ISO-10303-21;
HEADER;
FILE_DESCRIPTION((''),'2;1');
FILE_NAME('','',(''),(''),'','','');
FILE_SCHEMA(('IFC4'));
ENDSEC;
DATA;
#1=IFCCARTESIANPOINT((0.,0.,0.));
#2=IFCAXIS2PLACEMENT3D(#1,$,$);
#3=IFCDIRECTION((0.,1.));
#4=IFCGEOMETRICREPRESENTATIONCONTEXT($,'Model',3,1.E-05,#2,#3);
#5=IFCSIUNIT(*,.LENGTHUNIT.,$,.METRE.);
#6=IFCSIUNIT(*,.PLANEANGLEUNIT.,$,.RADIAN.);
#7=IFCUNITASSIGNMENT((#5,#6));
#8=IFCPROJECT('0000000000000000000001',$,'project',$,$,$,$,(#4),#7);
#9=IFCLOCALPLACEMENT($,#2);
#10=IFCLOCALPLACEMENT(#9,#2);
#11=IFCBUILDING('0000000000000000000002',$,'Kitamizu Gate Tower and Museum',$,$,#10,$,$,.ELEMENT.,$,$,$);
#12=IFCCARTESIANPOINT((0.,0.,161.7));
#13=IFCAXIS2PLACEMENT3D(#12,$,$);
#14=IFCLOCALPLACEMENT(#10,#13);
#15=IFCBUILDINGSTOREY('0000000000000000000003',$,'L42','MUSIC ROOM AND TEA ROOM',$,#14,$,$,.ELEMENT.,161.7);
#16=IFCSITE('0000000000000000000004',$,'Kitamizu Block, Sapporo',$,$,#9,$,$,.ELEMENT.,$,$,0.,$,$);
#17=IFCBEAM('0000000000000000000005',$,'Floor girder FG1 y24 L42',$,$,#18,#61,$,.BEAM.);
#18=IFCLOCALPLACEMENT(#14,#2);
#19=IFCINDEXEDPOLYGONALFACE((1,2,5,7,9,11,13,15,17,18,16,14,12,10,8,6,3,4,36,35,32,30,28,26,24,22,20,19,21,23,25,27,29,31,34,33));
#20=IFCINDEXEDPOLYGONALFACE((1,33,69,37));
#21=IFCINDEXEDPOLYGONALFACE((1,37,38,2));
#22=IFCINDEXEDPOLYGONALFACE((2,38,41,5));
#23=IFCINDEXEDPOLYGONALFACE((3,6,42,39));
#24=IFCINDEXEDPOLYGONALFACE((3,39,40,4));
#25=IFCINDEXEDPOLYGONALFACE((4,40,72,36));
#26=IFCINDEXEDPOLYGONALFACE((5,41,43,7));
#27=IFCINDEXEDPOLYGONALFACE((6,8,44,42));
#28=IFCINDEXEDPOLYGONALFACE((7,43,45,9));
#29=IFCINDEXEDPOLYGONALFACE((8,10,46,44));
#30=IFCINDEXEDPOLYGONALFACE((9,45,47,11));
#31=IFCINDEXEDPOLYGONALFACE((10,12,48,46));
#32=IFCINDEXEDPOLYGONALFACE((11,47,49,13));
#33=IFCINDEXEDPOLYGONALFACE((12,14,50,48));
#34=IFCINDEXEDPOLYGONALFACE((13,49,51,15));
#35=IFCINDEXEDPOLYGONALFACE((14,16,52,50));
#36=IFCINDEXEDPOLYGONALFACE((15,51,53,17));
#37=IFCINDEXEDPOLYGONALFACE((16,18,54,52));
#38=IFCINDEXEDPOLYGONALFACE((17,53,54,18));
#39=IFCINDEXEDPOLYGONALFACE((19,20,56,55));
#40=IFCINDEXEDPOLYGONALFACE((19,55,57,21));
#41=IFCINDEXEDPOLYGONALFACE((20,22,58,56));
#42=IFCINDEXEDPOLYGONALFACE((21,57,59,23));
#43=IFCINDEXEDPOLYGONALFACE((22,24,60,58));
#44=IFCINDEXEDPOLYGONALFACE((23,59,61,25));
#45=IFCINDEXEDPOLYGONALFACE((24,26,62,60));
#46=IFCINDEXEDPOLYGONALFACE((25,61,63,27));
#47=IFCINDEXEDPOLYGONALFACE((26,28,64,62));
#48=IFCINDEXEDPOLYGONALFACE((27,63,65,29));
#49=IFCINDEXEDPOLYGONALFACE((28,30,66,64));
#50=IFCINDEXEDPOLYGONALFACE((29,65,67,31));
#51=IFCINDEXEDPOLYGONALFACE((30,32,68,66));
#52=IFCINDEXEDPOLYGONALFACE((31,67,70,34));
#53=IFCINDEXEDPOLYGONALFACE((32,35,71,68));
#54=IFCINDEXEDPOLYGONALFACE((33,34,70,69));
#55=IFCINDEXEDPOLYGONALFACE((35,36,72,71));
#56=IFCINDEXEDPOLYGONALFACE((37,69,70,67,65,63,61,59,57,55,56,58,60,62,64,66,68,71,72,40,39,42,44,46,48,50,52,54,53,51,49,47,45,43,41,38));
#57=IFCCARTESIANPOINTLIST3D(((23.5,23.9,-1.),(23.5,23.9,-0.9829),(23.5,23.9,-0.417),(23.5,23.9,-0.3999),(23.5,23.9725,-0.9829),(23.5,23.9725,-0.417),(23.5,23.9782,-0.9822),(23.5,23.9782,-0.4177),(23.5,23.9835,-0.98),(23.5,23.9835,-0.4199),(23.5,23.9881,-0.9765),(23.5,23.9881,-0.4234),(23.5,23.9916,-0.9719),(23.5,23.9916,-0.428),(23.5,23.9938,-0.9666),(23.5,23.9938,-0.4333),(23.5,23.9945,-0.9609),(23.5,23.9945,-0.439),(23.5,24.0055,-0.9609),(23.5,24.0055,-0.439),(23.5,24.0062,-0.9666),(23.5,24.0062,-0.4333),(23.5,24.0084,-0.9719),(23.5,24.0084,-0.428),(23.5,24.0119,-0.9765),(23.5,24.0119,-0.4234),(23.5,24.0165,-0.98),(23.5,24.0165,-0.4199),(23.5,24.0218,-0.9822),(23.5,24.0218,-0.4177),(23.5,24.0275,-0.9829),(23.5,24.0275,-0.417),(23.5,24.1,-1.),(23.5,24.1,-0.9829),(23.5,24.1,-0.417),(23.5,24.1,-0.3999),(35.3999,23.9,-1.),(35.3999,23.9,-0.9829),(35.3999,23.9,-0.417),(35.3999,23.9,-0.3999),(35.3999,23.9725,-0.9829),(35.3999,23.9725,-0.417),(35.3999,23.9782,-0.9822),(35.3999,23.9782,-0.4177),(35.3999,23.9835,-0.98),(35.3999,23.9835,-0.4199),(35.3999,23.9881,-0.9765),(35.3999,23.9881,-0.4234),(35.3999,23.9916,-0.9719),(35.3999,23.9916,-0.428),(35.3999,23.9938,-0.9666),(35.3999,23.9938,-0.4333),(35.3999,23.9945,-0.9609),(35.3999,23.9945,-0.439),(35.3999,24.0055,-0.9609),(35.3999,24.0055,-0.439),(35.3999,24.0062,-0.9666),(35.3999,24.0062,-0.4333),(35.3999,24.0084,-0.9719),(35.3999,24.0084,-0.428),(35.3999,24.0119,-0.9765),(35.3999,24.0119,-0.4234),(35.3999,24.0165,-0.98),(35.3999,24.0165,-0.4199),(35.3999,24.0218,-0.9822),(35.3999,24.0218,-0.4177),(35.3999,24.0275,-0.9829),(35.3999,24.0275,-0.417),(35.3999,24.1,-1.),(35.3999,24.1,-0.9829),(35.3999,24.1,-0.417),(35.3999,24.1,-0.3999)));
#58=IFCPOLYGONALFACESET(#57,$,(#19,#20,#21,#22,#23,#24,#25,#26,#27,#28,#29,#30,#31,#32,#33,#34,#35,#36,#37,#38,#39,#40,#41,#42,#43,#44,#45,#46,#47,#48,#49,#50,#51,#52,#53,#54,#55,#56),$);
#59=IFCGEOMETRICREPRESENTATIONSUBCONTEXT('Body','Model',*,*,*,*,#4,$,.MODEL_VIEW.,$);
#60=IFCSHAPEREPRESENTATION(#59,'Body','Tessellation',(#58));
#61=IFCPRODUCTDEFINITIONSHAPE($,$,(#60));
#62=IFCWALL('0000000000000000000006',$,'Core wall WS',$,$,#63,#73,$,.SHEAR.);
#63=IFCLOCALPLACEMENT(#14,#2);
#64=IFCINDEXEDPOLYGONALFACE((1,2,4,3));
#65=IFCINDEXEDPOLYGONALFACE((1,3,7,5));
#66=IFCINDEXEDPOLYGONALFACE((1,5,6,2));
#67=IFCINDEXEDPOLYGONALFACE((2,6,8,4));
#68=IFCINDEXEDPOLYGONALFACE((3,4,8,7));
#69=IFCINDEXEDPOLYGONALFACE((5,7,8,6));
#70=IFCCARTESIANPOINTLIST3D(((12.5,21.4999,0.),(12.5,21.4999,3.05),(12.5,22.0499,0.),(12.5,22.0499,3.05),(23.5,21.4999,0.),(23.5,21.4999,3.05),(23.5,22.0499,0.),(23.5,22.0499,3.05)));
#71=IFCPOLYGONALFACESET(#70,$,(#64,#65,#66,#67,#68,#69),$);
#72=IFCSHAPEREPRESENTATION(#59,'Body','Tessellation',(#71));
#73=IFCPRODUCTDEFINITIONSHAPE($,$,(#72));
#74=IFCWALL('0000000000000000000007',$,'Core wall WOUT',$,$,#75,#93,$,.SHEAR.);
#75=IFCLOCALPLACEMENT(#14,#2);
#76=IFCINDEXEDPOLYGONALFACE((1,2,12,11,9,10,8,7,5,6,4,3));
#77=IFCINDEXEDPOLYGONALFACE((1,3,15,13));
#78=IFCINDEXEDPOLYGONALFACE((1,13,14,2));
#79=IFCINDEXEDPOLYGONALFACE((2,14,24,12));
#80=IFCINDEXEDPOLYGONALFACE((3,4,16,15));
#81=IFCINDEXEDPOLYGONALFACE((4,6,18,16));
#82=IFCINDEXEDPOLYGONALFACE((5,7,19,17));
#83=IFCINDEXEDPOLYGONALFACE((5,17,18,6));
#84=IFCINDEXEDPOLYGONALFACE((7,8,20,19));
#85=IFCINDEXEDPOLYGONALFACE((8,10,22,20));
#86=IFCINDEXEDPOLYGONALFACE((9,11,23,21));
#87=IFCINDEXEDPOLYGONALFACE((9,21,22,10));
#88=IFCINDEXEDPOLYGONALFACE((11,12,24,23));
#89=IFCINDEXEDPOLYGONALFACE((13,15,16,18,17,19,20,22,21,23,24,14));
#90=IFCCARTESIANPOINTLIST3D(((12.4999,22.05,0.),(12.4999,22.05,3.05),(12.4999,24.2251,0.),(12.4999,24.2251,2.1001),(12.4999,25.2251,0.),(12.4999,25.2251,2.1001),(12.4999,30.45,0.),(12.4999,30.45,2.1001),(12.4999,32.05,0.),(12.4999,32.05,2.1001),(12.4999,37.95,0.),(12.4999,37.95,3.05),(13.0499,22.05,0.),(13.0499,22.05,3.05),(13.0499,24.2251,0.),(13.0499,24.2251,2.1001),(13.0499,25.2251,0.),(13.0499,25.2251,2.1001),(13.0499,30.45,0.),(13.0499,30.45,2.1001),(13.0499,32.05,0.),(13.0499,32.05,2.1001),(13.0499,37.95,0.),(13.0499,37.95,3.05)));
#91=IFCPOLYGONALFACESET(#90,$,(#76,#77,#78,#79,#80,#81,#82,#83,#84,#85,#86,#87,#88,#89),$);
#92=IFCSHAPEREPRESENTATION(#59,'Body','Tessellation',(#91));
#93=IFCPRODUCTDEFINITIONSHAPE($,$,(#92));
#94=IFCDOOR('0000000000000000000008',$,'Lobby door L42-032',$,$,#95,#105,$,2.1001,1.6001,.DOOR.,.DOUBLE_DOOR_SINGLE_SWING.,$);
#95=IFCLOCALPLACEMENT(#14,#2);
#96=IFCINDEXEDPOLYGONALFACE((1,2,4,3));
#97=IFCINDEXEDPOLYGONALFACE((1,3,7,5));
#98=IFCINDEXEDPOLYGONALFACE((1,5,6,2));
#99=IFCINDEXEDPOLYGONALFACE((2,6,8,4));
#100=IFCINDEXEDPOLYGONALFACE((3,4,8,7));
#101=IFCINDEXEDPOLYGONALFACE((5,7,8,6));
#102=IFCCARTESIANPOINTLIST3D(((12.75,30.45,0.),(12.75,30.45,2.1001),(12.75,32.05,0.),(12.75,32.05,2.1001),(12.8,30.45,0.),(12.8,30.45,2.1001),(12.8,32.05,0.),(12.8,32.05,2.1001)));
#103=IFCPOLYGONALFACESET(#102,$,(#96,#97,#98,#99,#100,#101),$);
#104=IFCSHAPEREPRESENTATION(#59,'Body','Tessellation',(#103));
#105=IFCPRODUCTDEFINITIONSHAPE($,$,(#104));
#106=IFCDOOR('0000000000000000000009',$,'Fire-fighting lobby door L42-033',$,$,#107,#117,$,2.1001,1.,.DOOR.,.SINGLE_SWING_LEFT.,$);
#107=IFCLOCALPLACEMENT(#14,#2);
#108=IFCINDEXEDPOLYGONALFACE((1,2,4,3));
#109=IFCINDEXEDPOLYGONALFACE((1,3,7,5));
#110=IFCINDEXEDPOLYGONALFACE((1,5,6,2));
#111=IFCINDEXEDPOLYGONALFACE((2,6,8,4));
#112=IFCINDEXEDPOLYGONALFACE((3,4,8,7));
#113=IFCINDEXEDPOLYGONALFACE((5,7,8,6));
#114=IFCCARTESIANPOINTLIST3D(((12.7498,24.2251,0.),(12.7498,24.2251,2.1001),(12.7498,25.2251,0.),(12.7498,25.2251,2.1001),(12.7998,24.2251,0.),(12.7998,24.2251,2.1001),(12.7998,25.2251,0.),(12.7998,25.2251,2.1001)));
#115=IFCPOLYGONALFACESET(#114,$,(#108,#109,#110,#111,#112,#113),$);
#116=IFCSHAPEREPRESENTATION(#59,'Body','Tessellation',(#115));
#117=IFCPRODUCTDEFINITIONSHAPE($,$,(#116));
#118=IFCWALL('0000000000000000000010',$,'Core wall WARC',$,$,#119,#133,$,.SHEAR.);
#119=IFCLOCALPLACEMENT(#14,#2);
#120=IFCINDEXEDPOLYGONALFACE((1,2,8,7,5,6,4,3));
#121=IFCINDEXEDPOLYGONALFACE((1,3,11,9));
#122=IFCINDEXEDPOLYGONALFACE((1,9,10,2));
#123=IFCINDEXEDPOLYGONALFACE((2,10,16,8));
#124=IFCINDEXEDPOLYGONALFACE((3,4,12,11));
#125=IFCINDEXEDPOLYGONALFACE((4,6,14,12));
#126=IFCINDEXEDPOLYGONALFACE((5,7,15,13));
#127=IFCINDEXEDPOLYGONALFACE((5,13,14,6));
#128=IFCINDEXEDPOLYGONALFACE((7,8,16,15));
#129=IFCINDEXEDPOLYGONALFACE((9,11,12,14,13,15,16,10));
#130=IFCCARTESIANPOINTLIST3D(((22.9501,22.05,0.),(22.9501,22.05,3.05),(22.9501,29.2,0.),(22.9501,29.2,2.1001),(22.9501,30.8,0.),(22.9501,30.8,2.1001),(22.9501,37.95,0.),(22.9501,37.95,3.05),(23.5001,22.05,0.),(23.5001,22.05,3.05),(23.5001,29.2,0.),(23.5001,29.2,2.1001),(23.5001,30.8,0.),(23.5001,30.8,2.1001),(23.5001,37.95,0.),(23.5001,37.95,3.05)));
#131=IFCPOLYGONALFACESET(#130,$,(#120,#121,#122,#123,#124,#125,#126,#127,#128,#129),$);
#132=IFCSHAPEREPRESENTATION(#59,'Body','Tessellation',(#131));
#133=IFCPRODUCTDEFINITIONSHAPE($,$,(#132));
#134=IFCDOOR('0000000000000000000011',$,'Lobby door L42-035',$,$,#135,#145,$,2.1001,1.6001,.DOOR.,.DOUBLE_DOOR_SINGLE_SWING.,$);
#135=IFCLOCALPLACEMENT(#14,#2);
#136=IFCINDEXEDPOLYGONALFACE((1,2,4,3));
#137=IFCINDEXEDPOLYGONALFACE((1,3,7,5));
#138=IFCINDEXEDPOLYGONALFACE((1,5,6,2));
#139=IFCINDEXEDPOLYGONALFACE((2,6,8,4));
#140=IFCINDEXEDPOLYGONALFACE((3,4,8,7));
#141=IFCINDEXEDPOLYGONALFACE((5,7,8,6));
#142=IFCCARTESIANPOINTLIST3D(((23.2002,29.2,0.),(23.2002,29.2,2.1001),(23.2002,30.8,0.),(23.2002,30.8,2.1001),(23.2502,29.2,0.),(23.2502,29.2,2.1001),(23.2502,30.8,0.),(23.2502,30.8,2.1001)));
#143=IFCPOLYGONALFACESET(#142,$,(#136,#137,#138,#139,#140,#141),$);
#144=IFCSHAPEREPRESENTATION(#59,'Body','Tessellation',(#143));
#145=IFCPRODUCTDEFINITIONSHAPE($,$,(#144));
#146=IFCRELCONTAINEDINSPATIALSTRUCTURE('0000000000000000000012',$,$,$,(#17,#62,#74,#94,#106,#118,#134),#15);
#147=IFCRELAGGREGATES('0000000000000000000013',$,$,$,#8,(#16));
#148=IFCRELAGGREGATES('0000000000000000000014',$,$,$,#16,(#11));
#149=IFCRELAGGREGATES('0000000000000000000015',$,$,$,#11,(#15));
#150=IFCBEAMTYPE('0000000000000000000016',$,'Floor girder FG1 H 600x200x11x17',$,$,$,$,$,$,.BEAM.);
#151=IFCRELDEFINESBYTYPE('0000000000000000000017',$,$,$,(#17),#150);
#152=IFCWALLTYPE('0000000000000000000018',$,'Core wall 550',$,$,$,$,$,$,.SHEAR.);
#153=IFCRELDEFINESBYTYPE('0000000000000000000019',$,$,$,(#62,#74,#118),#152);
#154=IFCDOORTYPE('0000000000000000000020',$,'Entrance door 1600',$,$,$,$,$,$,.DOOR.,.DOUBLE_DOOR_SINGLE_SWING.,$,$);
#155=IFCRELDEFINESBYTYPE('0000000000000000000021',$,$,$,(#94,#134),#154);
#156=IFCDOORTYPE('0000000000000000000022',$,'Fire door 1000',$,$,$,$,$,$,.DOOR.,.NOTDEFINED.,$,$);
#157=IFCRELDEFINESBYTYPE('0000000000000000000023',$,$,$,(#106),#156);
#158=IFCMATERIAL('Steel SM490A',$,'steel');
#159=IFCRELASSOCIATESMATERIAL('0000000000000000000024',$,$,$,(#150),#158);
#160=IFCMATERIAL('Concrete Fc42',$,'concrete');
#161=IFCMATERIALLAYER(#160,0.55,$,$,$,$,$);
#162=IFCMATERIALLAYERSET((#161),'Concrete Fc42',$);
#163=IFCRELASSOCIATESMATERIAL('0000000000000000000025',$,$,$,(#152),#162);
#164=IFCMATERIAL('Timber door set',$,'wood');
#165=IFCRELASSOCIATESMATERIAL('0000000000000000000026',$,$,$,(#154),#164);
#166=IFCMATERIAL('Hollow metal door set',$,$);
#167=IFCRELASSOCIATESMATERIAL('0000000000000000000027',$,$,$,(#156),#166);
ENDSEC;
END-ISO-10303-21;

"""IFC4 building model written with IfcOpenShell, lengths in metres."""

from ifc_helpers import new_model, si_unit, direction, frame, frame_2d, origin, origin_2d, place, context, subcontext, project, spatial, rectangle, i_section, extrude, material, layer, layer_set, material_profile, profile_set, type_object, element, fill, save


model = new_model("IFC4")

# Units and contexts
model_context = context("Model", 3, precision=1e-05, world=origin(), true_north=direction((0.0, 1.0)))
body_context = subcontext(model_context, "Body", "Model", "MODEL_VIEW")
ifc_project = project(units=[si_unit("LENGTHUNIT", "METRE"), si_unit("PLANEANGLEUNIT", "RADIAN")], contexts=[model_context])

# Site, building, storey
site_placement = place(None, origin())
site = spatial("IfcSite", under=ifc_project, at=site_placement, Name="Kitamizu Block, Sapporo", CompositionType="ELEMENT", RefElevation=0.0)
building_placement = place(site_placement, origin())
building = spatial("IfcBuilding", under=site, at=building_placement, Name="Kitamizu Gate Tower and Museum", CompositionType="ELEMENT")
storey_placement = place(building_placement, frame((0.0, 0.0, 161.7)))
storey = spatial("IfcBuildingStorey", under=building, at=storey_placement, Name="L42", Description="MUSIC ROOM AND TEA ROOM", CompositionType="ELEMENT", Elevation=161.7)

# Beam
ifc_material_1 = material(Name="Steel SM490A", Category="steel")
ifc_material_profile = material_profile(ifc_material_1, i_section(OverallWidth=0.2, OverallDepth=0.6001, WebThickness=0.011, FlangeThickness=0.0171, FilletRadius=0.022, at=origin_2d()), Name="H-600x200x11x17")
ifc_profile_set = profile_set([ifc_material_profile], Name="Steel SM490A")
beam_type = type_object("IfcBeamType", Name="Floor girder FG1 H 600x200x11x17", PredefinedType="BEAM", material=ifc_profile_set)
beam_placement = place(storey_placement, frame((23.5, 24.0, -0.7), z_axis=(1.0, 0.0, 0.0), x_axis=(0.0, 1.0, 0.0)))
element("IfcBeam", 1, at=beam_placement, inside=storey, type_object=beam_type, Name="Floor girder FG1 y24 L42", PredefinedType="BEAM", context=body_context, shape_type="SweptSolid", body=[
    extrude(i_section(OverallWidth=0.2, OverallDepth=0.6001, WebThickness=0.011, FlangeThickness=0.0171, FilletRadius=0.022, at=origin_2d()), origin(), (0.0, 0.0, 1.0), 11.8999),
])

# Wall
ifc_material_2 = material(Name="Concrete Fc42", Category="concrete")
ifc_layer_1 = layer(ifc_material_2, 0.55)
ifc_layer_set_1 = layer_set([ifc_layer_1], Name="Concrete Fc42")
wall_type_1 = type_object("IfcWallType", Name="Core wall 550", PredefinedType="SHEAR", material=ifc_layer_set_1)
wall_1_placement = place(storey_placement, frame((12.5, 21.7749, 0.0), z_axis=(0.0, 0.0, 1.0), x_axis=(1.0, 0.0, 0.0)))
element("IfcWall", 2, at=wall_1_placement, inside=storey, type_object=wall_type_1, Name="Core wall WS", PredefinedType="SHEAR", context=body_context, shape_type="SweptSolid", body=[
    extrude(rectangle(XDim=11.0, YDim=0.55, at=frame_2d((5.5, 0.0))), origin(), (0.0, 0.0, 1.0), 3.05),
])

# Wall, openings, doors
wall_2_placement = place(storey_placement, frame((12.7749, 22.05, 0.0), z_axis=(0.0, 0.0, 1.0), x_axis=(0.0, 1.0, 0.0)))
wall_2 = element("IfcWall", 3, at=wall_2_placement, inside=storey, type_object=wall_type_1, Name="Core wall WOUT", PredefinedType="SHEAR", context=body_context, shape_type="SweptSolid", body=[
    extrude(rectangle(XDim=15.8999, YDim=0.55, at=frame_2d((7.95, 0.0))), origin(), (0.0, 0.0, 1.0), 3.05),
])
opening_1_placement = place(wall_2_placement, frame((8.3999, 0.0, 0.0)))
opening_1 = element("IfcOpeningElement", 4, at=opening_1_placement, cuts=wall_2, PredefinedType="OPENING", context=body_context, shape_type="SweptSolid", body=[
    extrude(rectangle(XDim=1.6001, YDim=2.1001, at=frame_2d((0.8, 1.05))), frame((0.0, 0.2852, 0.0), z_axis=(0.0, -1.0, 0.0), x_axis=(1.0, 0.0, 0.0)), (0.0, 0.0, 1.0), 0.5701),
])
opening_2_placement = place(wall_2_placement, frame((2.175, 0.0, 0.0)))
opening_2 = element("IfcOpeningElement", 5, at=opening_2_placement, cuts=wall_2, PredefinedType="OPENING", context=body_context, shape_type="SweptSolid", body=[
    extrude(rectangle(XDim=1.0, YDim=2.1001, at=frame_2d((0.5, 1.05))), frame((0.0, 0.2852, 0.0), z_axis=(0.0, -1.0, 0.0), x_axis=(1.0, 0.0, 0.0)), (0.0, 0.0, 1.0), 0.5701),
])
ifc_material_3 = material(Name="Timber door set", Category="wood")
door_type_1 = type_object("IfcDoorType", Name="Entrance door 1600", OperationType="DOUBLE_DOOR_SINGLE_SWING", PredefinedType="DOOR", material=ifc_material_3)
door_1_placement = place(opening_1_placement, origin())
door_1 = element("IfcDoor", 6, at=door_1_placement, inside=storey, type_object=door_type_1, Name="Lobby door L42-032", OperationType="DOUBLE_DOOR_SINGLE_SWING", OverallHeight=2.1001, OverallWidth=1.6001, PredefinedType="DOOR", context=body_context, shape_type="SweptSolid", body=[
    extrude(rectangle(XDim=1.6001, YDim=2.1001, at=frame_2d((0.8, 1.05))), frame((0.0, 0.0249, 0.0), z_axis=(0.0, -1.0, 0.0), x_axis=(1.0, 0.0, 0.0)), (0.0, 0.0, 1.0), 0.05),
])
fill(opening_1, door_1)
ifc_material_4 = material(Name="Hollow metal door set")
door_type_2 = type_object("IfcDoorType", Name="Fire door 1000", OperationType="NOTDEFINED", PredefinedType="DOOR", material=ifc_material_4)
door_2_placement = place(opening_2_placement, frame((1.0, 0.0, 0.0), x_axis=(-1.0, 0.0, 0.0)))
door_2 = element("IfcDoor", 7, at=door_2_placement, inside=storey, type_object=door_type_2, Name="Fire-fighting lobby door L42-033", OperationType="SINGLE_SWING_LEFT", OverallHeight=2.1001, OverallWidth=1.0, PredefinedType="DOOR", context=body_context, shape_type="SweptSolid", body=[
    extrude(rectangle(XDim=1.0, YDim=2.1001, at=frame_2d((0.5, 1.05))), frame((0.0, 0.0249, 0.0), z_axis=(0.0, -1.0, 0.0), x_axis=(1.0, 0.0, 0.0)), (0.0, 0.0, 1.0), 0.05),
])
fill(opening_2, door_2)

# Wall, opening, door
wall_3_placement = place(storey_placement, frame((23.2251, 22.05, 0.0), z_axis=(0.0, 0.0, 1.0), x_axis=(0.0, 1.0, 0.0)))
wall_3 = element("IfcWall", 8, at=wall_3_placement, inside=storey, type_object=wall_type_1, Name="Core wall WARC", PredefinedType="SHEAR", context=body_context, shape_type="SweptSolid", body=[
    extrude(rectangle(XDim=15.8999, YDim=0.55, at=frame_2d((7.95, 0.0))), origin(), (0.0, 0.0, 1.0), 3.05),
])
opening_3_placement = place(wall_3_placement, frame((7.1499, 0.0, 0.0)))
opening_3 = element("IfcOpeningElement", 9, at=opening_3_placement, cuts=wall_3, PredefinedType="OPENING", context=body_context, shape_type="SweptSolid", body=[
    extrude(rectangle(XDim=1.6001, YDim=2.1001, at=frame_2d((0.8, 1.05))), frame((0.0, 0.2852, 0.0), z_axis=(0.0, -1.0, 0.0), x_axis=(1.0, 0.0, 0.0)), (0.0, 0.0, 1.0), 0.5701),
])
door_3_placement = place(opening_3_placement, origin())
door_3 = element("IfcDoor", 10, at=door_3_placement, inside=storey, type_object=door_type_1, Name="Lobby door L42-035", OperationType="DOUBLE_DOOR_SINGLE_SWING", OverallHeight=2.1001, OverallWidth=1.6001, PredefinedType="DOOR", context=body_context, shape_type="SweptSolid", body=[
    extrude(rectangle(XDim=1.6001, YDim=2.1001, at=frame_2d((0.8, 1.05))), frame((0.0, 0.0249, 0.0), z_axis=(0.0, -1.0, 0.0), x_axis=(1.0, 0.0, 0.0)), (0.0, 0.0, 1.0), 0.05),
])
fill(opening_3, door_3)

save(model, "model.ifc")
